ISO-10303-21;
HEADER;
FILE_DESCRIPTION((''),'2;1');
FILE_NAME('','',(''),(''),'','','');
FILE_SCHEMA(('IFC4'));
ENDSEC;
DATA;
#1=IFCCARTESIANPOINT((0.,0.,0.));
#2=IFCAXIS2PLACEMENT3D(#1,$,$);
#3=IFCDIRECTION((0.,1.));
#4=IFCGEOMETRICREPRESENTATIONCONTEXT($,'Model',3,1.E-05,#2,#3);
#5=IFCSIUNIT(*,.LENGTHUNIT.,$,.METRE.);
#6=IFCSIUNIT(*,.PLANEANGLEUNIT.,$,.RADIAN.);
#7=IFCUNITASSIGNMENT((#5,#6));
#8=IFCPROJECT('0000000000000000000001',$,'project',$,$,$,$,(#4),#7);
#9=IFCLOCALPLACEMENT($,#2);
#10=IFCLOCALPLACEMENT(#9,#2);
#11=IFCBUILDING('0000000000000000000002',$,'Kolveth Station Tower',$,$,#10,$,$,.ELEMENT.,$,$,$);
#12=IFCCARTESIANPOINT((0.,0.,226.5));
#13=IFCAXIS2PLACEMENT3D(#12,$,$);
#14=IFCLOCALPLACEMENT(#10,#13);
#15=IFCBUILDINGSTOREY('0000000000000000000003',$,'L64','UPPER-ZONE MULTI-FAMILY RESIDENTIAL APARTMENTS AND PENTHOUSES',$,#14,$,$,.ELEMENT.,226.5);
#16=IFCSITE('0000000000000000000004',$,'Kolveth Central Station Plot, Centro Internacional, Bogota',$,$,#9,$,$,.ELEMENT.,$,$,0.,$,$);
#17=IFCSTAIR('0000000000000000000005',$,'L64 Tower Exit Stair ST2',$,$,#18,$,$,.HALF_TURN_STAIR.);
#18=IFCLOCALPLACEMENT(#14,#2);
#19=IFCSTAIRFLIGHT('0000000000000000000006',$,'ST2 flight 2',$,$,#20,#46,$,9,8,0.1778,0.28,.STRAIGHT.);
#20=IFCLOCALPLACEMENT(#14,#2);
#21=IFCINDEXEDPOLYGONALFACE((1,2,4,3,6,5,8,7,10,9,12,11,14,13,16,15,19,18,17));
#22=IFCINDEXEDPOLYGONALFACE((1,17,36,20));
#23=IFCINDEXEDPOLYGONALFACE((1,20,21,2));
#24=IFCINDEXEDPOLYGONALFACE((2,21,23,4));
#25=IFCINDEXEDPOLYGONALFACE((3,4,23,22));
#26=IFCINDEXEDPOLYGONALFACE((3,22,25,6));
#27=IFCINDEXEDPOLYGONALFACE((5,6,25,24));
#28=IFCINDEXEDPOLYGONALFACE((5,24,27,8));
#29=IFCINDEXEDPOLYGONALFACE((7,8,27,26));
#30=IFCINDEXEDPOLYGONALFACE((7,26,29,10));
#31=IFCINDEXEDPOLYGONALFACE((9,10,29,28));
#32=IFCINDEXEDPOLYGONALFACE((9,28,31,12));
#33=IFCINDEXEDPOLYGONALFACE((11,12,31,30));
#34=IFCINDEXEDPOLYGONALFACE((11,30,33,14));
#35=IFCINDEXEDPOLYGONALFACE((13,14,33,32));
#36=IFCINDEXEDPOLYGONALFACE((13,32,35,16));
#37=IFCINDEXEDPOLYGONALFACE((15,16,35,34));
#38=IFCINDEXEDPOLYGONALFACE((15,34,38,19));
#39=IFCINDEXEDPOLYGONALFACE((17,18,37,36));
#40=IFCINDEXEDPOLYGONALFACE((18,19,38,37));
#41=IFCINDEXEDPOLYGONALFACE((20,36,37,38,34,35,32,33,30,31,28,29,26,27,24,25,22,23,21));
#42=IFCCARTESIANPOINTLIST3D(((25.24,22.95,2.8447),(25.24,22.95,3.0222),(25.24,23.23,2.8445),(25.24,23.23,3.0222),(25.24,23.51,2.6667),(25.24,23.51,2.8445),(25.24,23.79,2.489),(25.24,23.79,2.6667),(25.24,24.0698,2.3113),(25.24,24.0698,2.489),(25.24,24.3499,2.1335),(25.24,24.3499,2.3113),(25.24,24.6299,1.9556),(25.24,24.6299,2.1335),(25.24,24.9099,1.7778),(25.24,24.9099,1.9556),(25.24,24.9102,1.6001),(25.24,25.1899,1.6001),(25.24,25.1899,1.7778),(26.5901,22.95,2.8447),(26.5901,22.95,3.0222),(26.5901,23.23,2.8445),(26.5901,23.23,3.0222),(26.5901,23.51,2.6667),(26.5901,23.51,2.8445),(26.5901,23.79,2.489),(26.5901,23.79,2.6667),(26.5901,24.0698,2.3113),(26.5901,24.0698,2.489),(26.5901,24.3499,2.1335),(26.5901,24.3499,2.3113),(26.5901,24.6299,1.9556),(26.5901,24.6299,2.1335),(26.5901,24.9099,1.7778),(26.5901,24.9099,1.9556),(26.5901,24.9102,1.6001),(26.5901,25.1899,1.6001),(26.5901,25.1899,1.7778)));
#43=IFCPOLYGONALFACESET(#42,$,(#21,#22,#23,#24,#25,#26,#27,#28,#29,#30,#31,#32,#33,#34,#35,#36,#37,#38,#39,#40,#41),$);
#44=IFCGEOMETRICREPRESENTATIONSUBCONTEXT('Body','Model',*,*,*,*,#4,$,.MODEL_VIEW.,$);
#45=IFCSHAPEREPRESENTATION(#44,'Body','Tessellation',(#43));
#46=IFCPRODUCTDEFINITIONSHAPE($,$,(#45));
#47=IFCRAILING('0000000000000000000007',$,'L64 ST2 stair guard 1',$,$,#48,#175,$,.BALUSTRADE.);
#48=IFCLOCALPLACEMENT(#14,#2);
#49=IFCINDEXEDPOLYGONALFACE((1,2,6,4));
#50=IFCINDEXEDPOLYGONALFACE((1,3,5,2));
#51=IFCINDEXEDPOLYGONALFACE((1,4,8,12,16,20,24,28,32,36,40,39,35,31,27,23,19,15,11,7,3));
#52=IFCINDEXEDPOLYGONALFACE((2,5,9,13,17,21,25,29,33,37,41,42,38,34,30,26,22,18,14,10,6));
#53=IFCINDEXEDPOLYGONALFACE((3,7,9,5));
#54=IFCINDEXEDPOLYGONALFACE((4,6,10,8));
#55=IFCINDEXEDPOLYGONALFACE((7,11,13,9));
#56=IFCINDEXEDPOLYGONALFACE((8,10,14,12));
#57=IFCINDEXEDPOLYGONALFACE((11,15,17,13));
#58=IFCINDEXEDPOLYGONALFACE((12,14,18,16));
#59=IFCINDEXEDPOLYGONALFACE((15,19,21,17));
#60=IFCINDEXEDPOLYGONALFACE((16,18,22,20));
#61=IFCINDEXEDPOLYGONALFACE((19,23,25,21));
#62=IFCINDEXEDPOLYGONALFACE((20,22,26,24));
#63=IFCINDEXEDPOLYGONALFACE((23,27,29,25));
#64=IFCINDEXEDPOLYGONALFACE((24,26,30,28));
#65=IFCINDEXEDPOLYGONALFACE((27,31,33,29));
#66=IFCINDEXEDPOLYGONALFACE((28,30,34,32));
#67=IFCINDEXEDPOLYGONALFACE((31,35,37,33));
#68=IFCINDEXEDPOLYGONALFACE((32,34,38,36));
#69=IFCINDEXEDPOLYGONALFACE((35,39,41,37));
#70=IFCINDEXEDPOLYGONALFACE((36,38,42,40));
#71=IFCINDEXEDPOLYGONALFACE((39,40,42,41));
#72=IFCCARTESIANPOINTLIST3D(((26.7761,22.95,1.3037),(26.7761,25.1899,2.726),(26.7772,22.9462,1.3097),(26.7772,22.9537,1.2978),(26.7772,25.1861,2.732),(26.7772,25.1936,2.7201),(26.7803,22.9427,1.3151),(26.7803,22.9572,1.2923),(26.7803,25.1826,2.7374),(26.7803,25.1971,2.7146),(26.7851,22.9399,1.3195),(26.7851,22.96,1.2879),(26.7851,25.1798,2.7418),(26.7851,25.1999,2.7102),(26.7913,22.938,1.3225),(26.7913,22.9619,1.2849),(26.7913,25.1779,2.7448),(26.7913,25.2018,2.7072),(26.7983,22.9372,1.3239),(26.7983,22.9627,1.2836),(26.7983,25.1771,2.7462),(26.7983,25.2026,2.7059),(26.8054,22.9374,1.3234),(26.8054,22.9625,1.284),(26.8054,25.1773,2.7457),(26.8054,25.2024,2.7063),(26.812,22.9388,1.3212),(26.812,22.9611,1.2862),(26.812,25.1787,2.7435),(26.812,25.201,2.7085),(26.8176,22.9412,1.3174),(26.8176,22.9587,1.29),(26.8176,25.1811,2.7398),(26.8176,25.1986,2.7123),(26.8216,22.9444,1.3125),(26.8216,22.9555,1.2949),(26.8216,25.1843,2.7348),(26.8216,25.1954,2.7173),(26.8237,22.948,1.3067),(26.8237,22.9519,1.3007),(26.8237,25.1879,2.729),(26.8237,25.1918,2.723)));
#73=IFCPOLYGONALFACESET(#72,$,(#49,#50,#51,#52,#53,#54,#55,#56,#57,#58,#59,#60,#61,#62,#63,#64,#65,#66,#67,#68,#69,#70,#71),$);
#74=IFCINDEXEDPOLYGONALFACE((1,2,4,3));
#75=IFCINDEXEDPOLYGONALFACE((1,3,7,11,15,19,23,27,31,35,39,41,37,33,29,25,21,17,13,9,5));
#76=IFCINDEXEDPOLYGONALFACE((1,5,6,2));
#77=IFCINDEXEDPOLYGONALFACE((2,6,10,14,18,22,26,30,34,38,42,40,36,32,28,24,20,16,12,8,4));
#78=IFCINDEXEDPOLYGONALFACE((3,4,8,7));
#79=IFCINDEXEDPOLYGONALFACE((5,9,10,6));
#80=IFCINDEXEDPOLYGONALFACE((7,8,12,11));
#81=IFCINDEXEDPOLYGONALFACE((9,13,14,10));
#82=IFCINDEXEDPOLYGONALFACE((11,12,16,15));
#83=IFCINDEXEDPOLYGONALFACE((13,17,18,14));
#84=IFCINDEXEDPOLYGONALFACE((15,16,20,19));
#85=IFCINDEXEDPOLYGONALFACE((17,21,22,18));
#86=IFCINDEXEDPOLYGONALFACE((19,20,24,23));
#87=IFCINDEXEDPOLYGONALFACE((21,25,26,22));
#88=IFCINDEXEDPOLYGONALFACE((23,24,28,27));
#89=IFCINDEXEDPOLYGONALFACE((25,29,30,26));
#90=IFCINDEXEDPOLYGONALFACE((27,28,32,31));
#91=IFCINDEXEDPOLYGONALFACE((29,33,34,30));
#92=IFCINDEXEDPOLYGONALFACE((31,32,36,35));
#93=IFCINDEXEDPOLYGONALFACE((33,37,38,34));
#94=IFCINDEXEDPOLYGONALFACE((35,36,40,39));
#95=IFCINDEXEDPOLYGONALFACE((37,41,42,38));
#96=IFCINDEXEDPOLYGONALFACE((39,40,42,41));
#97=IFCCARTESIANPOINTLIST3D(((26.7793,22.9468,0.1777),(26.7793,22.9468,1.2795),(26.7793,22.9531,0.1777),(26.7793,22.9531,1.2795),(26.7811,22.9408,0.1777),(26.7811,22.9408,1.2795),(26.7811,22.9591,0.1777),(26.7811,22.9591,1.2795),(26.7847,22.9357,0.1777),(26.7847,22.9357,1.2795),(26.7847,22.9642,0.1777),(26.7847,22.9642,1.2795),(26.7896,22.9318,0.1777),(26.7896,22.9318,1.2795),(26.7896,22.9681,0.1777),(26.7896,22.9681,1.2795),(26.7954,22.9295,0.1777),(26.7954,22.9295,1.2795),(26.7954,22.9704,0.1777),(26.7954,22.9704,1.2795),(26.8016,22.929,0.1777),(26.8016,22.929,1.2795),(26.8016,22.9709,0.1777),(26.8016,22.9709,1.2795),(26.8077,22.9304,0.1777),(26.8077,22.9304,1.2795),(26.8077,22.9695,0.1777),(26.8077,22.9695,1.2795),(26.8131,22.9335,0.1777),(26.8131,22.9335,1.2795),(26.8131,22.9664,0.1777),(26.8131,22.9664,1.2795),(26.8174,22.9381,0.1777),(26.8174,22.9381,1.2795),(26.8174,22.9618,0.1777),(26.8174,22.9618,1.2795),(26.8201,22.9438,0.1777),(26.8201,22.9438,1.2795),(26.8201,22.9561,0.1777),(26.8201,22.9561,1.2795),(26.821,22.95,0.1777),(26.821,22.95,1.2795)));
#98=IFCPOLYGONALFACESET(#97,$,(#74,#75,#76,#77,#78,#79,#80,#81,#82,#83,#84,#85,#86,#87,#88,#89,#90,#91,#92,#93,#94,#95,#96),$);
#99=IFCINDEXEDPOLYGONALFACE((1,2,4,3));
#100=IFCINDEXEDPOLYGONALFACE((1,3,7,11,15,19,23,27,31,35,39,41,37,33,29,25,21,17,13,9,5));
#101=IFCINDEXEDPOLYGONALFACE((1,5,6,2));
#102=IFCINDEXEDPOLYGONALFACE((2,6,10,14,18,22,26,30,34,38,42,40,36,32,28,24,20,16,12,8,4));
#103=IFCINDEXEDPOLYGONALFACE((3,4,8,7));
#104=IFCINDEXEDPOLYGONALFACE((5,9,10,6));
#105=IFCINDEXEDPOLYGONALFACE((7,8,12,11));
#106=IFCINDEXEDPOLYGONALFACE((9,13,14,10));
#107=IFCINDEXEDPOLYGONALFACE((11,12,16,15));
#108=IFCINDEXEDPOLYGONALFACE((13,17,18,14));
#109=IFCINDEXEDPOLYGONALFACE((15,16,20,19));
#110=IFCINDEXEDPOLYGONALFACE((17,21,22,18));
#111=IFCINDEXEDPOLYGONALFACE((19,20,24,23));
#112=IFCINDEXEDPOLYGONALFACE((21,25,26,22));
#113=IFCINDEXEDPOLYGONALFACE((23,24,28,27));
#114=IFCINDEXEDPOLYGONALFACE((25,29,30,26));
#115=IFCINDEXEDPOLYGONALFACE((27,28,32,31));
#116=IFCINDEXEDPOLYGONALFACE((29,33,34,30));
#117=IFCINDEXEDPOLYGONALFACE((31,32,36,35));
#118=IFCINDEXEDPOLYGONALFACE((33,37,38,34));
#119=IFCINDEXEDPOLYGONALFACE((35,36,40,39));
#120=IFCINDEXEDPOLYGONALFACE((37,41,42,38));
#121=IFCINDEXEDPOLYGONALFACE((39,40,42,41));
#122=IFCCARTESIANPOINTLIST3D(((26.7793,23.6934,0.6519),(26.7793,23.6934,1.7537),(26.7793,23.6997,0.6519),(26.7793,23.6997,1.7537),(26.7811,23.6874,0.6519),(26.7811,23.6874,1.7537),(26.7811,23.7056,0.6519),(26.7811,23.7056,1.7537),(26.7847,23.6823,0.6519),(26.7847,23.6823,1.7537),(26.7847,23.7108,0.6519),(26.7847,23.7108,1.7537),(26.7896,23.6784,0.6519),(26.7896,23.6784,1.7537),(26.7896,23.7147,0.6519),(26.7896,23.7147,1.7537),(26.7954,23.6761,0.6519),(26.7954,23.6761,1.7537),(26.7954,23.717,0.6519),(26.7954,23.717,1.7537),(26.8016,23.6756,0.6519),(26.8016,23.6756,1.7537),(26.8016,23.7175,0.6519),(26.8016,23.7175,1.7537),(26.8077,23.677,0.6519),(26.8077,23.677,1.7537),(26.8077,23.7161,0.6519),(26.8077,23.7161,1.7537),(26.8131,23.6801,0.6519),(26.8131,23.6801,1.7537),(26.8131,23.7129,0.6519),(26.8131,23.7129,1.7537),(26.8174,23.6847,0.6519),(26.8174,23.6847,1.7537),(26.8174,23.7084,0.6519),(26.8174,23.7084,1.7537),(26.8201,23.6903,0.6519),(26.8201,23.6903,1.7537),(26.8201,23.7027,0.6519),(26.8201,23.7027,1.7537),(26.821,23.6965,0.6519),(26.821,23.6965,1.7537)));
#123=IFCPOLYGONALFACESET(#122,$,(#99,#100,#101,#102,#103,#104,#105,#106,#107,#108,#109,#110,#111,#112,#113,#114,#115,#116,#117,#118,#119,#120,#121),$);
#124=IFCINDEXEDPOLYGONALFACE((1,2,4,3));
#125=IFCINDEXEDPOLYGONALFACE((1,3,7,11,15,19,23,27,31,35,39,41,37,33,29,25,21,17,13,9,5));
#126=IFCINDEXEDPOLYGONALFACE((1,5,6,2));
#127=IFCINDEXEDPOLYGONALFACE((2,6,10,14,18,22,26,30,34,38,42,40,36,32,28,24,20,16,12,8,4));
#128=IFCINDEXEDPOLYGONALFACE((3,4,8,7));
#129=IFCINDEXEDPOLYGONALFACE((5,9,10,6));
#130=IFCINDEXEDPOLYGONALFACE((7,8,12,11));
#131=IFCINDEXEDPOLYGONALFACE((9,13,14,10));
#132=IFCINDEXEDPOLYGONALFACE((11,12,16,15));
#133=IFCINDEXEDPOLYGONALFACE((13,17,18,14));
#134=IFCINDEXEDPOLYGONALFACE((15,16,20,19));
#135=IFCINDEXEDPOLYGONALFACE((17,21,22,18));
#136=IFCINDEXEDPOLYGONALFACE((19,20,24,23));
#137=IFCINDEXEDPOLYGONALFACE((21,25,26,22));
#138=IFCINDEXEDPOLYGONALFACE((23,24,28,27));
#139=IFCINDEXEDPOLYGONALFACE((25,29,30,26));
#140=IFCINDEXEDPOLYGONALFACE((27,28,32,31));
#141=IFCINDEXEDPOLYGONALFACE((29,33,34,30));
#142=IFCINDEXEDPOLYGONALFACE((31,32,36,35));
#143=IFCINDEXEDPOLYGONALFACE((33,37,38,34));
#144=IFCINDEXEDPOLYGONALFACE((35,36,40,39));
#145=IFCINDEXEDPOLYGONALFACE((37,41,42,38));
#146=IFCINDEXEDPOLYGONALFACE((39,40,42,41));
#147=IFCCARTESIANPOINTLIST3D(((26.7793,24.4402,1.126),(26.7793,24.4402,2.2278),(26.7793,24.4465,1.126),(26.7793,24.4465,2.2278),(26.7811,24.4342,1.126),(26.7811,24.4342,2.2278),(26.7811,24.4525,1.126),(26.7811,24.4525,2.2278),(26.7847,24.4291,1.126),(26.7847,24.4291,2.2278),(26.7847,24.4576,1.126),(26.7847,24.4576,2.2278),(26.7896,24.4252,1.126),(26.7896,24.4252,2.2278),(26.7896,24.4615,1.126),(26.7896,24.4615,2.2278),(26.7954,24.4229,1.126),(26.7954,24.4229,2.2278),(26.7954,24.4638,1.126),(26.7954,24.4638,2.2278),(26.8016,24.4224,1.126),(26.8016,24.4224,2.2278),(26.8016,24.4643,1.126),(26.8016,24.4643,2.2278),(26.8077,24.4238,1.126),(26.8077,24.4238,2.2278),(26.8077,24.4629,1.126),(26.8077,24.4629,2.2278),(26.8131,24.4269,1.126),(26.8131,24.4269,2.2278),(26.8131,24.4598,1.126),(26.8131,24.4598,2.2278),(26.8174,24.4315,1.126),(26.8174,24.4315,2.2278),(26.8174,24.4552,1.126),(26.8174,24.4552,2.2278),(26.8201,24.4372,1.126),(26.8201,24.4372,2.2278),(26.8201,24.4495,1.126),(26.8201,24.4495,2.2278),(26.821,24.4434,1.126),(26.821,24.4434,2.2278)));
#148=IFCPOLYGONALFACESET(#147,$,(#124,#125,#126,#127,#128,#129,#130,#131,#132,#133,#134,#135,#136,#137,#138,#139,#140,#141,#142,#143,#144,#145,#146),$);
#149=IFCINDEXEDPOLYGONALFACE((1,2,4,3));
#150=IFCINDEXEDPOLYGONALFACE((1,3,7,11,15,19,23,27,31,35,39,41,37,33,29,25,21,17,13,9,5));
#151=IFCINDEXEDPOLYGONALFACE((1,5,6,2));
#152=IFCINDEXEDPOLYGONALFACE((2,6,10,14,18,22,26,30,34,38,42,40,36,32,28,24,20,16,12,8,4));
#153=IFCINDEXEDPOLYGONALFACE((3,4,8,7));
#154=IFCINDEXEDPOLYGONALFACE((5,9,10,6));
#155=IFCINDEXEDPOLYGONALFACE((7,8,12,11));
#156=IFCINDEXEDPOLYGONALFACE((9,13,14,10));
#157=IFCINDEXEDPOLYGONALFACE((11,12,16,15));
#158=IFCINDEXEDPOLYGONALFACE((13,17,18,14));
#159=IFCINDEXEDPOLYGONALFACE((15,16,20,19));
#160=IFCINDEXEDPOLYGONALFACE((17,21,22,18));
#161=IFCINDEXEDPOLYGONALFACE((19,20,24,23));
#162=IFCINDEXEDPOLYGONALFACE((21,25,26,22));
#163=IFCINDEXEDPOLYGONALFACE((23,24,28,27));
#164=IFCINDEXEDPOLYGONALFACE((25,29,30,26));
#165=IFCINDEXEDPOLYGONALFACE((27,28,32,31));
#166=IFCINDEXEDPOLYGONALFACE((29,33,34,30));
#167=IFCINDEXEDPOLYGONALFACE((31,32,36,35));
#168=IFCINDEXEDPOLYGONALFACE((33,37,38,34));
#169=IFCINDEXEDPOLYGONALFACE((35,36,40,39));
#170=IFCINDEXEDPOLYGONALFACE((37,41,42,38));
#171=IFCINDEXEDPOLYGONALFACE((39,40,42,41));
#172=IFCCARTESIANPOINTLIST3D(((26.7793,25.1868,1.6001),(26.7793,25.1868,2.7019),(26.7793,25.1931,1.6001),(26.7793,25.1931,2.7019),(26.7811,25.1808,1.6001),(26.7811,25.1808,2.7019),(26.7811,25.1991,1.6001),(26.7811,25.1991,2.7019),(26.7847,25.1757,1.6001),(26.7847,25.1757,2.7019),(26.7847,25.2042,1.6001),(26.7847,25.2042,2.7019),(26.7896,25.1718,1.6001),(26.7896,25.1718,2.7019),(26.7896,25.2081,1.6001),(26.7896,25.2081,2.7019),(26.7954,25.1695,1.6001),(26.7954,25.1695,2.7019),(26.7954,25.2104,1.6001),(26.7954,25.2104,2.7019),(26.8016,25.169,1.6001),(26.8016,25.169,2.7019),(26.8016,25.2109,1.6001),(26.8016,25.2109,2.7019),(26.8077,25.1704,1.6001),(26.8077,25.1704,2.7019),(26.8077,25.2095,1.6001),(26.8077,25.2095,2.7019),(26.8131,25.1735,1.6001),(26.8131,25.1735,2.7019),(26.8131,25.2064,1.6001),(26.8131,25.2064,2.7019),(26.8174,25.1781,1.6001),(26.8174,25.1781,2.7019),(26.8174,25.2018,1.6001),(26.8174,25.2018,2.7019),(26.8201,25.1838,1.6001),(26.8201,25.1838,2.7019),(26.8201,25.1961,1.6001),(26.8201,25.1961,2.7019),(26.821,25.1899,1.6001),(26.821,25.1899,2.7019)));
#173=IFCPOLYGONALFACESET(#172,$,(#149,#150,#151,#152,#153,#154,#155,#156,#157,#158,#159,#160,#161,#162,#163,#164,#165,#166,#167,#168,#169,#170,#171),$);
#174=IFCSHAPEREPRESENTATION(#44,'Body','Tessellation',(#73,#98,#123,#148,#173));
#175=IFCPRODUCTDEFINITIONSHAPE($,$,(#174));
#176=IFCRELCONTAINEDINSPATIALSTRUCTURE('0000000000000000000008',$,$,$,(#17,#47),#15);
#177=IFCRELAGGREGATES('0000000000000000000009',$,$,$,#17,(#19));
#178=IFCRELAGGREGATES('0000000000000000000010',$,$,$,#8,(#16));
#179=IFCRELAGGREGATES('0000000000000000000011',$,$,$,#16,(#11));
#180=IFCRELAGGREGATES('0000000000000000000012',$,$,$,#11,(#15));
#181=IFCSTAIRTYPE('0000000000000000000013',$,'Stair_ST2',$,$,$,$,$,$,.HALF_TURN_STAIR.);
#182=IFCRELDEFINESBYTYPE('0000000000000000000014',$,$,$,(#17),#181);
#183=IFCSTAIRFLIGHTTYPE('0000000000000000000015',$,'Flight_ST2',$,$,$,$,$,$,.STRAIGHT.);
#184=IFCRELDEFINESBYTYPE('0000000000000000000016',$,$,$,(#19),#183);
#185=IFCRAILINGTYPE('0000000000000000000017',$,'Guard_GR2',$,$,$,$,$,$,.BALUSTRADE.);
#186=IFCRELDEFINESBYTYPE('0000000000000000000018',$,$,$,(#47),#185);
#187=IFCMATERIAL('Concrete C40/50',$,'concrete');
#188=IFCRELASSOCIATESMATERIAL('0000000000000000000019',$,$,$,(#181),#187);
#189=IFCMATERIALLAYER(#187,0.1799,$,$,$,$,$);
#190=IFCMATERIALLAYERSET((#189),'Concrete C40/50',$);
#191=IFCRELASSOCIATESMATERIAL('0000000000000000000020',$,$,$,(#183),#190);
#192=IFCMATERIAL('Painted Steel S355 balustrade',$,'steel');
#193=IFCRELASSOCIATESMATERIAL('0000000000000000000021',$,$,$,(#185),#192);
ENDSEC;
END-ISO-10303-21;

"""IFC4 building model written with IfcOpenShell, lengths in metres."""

from ifc_helpers import new_model, si_unit, direction, frame, origin, origin_2d, place, context, subcontext, project, spatial, polyline, circle, outline, extrude, material, layer, layer_set, type_object, element, aggregate, save


model = new_model("IFC4")

# Units and contexts
model_context = context("Model", 3, precision=1e-05, world=origin(), true_north=direction((0.0, 1.0)))
body_context = subcontext(model_context, "Body", "Model", "MODEL_VIEW")
ifc_project = project(units=[si_unit("LENGTHUNIT", "METRE"), si_unit("PLANEANGLEUNIT", "RADIAN")], contexts=[model_context])

# Site, building, storey
site_placement = place(None, origin())
site = spatial("IfcSite", under=ifc_project, at=site_placement, Name="Kolveth Central Station Plot, Centro Internacional, Bogota", CompositionType="ELEMENT", RefElevation=0.0)
building_placement = place(site_placement, origin())
building = spatial("IfcBuilding", under=site, at=building_placement, Name="Kolveth Station Tower", CompositionType="ELEMENT")
storey_placement = place(building_placement, frame((0.0, 0.0, 226.5)))
storey = spatial("IfcBuildingStorey", under=building, at=storey_placement, Name="L64", Description="UPPER-ZONE MULTI-FAMILY RESIDENTIAL APARTMENTS AND PENTHOUSES", CompositionType="ELEMENT", Elevation=226.5)

# Shared definitions
ifc_material_1 = material(Name="Concrete C40/50", Category="concrete")

# Stair, stair flight
stair_type = type_object("IfcStairType", Name="Stair_ST2", PredefinedType="HALF_TURN_STAIR", material=ifc_material_1)
stair_placement = place(storey_placement, origin())
stair = element("IfcStair", 1, at=stair_placement, inside=storey, type_object=stair_type, Name="L64 Tower Exit Stair ST2", PredefinedType="HALF_TURN_STAIR")
ifc_layer_1 = layer(ifc_material_1, 0.1799)
ifc_layer_set_1 = layer_set([ifc_layer_1], Name="Concrete C40/50")
stair_flight_type = type_object("IfcStairFlightType", Name="Flight_ST2", PredefinedType="STRAIGHT", material=ifc_layer_set_1)
stair_flight_1_placement = place(storey_placement, frame((25.915, 25.1899, 1.6001), z_axis=(0.0, 0.0, 1.0), x_axis=(0.0, -1.0, 0.0)))
stair_flight_1 = element("IfcStairFlight", 2, at=stair_flight_1_placement, type_object=stair_flight_type, Name="ST2 flight 2", NumberOfRisers=9, NumberOfTreads=8, PredefinedType="STRAIGHT", RiserHeight=0.1778, TreadLength=0.28, context=body_context, shape_type="SweptSolid", body=[
    extrude(outline(polyline([(0.0, 0.0), (0.0, 0.1777), (0.28, 0.1777), (0.28, 0.3555), (0.5601, 0.3555), (0.5601, 0.5334), (0.8401, 0.5334), (0.8401, 0.7112), (1.1201, 0.7112), (1.1201, 0.8889), (1.3999, 0.8889), (1.3999, 1.0667), (1.6799, 1.0667), (1.6799, 1.2444), (1.96, 1.2444), (1.96, 1.4221), (2.24, 1.4221), (2.24, 1.6001), (2.24, 1.2446), (0.2798, 0.0), (0.0, 0.0)])), frame((0.0, 0.675, 0.0), z_axis=(0.0, -1.0, 0.0), x_axis=(1.0, 0.0, 0.0)), (0.0, 0.0, 1.0), 1.3501),
])
aggregate(stair, [stair_flight_1])

# Railing
ifc_material_2 = material(Name="Painted Steel S355 balustrade", Category="steel")
railing_type_1 = type_object("IfcRailingType", Name="Guard_GR2", PredefinedType="BALUSTRADE", material=ifc_material_2)
railing_1_placement = place(storey_placement, frame((26.8, 22.95, 0.1777)))
element("IfcRailing", 3, at=railing_1_placement, inside=storey, type_object=railing_type_1, Name="L64 ST2 stair guard 1", PredefinedType="BALUSTRADE", context=body_context, shape_type="SweptSolid", body=[
    extrude(circle(Radius=0.0239, at=origin_2d()), frame((0.0, 0.0, 1.126), z_axis=(0.0, 0.844188, 0.536048), x_axis=(-1.0, 0.0, 0.0)), (0.0, 0.0, 1.0), 2.6533),
    extrude(circle(Radius=0.021, at=origin_2d()), origin(), (0.0, 0.0, 1.0), 1.1018),
    extrude(circle(Radius=0.021, at=origin_2d()), frame((0.0, 0.7466, 0.4741)), (0.0, 0.0, 1.0), 1.1018),
    extrude(circle(Radius=0.021, at=origin_2d()), frame((0.0, 1.4934, 0.9482)), (0.0, 0.0, 1.0), 1.1018),
    extrude(circle(Radius=0.021, at=origin_2d()), frame((0.0, 2.24, 1.4224)), (0.0, 0.0, 1.0), 1.1018),
])

save(model, "model.ifc")
